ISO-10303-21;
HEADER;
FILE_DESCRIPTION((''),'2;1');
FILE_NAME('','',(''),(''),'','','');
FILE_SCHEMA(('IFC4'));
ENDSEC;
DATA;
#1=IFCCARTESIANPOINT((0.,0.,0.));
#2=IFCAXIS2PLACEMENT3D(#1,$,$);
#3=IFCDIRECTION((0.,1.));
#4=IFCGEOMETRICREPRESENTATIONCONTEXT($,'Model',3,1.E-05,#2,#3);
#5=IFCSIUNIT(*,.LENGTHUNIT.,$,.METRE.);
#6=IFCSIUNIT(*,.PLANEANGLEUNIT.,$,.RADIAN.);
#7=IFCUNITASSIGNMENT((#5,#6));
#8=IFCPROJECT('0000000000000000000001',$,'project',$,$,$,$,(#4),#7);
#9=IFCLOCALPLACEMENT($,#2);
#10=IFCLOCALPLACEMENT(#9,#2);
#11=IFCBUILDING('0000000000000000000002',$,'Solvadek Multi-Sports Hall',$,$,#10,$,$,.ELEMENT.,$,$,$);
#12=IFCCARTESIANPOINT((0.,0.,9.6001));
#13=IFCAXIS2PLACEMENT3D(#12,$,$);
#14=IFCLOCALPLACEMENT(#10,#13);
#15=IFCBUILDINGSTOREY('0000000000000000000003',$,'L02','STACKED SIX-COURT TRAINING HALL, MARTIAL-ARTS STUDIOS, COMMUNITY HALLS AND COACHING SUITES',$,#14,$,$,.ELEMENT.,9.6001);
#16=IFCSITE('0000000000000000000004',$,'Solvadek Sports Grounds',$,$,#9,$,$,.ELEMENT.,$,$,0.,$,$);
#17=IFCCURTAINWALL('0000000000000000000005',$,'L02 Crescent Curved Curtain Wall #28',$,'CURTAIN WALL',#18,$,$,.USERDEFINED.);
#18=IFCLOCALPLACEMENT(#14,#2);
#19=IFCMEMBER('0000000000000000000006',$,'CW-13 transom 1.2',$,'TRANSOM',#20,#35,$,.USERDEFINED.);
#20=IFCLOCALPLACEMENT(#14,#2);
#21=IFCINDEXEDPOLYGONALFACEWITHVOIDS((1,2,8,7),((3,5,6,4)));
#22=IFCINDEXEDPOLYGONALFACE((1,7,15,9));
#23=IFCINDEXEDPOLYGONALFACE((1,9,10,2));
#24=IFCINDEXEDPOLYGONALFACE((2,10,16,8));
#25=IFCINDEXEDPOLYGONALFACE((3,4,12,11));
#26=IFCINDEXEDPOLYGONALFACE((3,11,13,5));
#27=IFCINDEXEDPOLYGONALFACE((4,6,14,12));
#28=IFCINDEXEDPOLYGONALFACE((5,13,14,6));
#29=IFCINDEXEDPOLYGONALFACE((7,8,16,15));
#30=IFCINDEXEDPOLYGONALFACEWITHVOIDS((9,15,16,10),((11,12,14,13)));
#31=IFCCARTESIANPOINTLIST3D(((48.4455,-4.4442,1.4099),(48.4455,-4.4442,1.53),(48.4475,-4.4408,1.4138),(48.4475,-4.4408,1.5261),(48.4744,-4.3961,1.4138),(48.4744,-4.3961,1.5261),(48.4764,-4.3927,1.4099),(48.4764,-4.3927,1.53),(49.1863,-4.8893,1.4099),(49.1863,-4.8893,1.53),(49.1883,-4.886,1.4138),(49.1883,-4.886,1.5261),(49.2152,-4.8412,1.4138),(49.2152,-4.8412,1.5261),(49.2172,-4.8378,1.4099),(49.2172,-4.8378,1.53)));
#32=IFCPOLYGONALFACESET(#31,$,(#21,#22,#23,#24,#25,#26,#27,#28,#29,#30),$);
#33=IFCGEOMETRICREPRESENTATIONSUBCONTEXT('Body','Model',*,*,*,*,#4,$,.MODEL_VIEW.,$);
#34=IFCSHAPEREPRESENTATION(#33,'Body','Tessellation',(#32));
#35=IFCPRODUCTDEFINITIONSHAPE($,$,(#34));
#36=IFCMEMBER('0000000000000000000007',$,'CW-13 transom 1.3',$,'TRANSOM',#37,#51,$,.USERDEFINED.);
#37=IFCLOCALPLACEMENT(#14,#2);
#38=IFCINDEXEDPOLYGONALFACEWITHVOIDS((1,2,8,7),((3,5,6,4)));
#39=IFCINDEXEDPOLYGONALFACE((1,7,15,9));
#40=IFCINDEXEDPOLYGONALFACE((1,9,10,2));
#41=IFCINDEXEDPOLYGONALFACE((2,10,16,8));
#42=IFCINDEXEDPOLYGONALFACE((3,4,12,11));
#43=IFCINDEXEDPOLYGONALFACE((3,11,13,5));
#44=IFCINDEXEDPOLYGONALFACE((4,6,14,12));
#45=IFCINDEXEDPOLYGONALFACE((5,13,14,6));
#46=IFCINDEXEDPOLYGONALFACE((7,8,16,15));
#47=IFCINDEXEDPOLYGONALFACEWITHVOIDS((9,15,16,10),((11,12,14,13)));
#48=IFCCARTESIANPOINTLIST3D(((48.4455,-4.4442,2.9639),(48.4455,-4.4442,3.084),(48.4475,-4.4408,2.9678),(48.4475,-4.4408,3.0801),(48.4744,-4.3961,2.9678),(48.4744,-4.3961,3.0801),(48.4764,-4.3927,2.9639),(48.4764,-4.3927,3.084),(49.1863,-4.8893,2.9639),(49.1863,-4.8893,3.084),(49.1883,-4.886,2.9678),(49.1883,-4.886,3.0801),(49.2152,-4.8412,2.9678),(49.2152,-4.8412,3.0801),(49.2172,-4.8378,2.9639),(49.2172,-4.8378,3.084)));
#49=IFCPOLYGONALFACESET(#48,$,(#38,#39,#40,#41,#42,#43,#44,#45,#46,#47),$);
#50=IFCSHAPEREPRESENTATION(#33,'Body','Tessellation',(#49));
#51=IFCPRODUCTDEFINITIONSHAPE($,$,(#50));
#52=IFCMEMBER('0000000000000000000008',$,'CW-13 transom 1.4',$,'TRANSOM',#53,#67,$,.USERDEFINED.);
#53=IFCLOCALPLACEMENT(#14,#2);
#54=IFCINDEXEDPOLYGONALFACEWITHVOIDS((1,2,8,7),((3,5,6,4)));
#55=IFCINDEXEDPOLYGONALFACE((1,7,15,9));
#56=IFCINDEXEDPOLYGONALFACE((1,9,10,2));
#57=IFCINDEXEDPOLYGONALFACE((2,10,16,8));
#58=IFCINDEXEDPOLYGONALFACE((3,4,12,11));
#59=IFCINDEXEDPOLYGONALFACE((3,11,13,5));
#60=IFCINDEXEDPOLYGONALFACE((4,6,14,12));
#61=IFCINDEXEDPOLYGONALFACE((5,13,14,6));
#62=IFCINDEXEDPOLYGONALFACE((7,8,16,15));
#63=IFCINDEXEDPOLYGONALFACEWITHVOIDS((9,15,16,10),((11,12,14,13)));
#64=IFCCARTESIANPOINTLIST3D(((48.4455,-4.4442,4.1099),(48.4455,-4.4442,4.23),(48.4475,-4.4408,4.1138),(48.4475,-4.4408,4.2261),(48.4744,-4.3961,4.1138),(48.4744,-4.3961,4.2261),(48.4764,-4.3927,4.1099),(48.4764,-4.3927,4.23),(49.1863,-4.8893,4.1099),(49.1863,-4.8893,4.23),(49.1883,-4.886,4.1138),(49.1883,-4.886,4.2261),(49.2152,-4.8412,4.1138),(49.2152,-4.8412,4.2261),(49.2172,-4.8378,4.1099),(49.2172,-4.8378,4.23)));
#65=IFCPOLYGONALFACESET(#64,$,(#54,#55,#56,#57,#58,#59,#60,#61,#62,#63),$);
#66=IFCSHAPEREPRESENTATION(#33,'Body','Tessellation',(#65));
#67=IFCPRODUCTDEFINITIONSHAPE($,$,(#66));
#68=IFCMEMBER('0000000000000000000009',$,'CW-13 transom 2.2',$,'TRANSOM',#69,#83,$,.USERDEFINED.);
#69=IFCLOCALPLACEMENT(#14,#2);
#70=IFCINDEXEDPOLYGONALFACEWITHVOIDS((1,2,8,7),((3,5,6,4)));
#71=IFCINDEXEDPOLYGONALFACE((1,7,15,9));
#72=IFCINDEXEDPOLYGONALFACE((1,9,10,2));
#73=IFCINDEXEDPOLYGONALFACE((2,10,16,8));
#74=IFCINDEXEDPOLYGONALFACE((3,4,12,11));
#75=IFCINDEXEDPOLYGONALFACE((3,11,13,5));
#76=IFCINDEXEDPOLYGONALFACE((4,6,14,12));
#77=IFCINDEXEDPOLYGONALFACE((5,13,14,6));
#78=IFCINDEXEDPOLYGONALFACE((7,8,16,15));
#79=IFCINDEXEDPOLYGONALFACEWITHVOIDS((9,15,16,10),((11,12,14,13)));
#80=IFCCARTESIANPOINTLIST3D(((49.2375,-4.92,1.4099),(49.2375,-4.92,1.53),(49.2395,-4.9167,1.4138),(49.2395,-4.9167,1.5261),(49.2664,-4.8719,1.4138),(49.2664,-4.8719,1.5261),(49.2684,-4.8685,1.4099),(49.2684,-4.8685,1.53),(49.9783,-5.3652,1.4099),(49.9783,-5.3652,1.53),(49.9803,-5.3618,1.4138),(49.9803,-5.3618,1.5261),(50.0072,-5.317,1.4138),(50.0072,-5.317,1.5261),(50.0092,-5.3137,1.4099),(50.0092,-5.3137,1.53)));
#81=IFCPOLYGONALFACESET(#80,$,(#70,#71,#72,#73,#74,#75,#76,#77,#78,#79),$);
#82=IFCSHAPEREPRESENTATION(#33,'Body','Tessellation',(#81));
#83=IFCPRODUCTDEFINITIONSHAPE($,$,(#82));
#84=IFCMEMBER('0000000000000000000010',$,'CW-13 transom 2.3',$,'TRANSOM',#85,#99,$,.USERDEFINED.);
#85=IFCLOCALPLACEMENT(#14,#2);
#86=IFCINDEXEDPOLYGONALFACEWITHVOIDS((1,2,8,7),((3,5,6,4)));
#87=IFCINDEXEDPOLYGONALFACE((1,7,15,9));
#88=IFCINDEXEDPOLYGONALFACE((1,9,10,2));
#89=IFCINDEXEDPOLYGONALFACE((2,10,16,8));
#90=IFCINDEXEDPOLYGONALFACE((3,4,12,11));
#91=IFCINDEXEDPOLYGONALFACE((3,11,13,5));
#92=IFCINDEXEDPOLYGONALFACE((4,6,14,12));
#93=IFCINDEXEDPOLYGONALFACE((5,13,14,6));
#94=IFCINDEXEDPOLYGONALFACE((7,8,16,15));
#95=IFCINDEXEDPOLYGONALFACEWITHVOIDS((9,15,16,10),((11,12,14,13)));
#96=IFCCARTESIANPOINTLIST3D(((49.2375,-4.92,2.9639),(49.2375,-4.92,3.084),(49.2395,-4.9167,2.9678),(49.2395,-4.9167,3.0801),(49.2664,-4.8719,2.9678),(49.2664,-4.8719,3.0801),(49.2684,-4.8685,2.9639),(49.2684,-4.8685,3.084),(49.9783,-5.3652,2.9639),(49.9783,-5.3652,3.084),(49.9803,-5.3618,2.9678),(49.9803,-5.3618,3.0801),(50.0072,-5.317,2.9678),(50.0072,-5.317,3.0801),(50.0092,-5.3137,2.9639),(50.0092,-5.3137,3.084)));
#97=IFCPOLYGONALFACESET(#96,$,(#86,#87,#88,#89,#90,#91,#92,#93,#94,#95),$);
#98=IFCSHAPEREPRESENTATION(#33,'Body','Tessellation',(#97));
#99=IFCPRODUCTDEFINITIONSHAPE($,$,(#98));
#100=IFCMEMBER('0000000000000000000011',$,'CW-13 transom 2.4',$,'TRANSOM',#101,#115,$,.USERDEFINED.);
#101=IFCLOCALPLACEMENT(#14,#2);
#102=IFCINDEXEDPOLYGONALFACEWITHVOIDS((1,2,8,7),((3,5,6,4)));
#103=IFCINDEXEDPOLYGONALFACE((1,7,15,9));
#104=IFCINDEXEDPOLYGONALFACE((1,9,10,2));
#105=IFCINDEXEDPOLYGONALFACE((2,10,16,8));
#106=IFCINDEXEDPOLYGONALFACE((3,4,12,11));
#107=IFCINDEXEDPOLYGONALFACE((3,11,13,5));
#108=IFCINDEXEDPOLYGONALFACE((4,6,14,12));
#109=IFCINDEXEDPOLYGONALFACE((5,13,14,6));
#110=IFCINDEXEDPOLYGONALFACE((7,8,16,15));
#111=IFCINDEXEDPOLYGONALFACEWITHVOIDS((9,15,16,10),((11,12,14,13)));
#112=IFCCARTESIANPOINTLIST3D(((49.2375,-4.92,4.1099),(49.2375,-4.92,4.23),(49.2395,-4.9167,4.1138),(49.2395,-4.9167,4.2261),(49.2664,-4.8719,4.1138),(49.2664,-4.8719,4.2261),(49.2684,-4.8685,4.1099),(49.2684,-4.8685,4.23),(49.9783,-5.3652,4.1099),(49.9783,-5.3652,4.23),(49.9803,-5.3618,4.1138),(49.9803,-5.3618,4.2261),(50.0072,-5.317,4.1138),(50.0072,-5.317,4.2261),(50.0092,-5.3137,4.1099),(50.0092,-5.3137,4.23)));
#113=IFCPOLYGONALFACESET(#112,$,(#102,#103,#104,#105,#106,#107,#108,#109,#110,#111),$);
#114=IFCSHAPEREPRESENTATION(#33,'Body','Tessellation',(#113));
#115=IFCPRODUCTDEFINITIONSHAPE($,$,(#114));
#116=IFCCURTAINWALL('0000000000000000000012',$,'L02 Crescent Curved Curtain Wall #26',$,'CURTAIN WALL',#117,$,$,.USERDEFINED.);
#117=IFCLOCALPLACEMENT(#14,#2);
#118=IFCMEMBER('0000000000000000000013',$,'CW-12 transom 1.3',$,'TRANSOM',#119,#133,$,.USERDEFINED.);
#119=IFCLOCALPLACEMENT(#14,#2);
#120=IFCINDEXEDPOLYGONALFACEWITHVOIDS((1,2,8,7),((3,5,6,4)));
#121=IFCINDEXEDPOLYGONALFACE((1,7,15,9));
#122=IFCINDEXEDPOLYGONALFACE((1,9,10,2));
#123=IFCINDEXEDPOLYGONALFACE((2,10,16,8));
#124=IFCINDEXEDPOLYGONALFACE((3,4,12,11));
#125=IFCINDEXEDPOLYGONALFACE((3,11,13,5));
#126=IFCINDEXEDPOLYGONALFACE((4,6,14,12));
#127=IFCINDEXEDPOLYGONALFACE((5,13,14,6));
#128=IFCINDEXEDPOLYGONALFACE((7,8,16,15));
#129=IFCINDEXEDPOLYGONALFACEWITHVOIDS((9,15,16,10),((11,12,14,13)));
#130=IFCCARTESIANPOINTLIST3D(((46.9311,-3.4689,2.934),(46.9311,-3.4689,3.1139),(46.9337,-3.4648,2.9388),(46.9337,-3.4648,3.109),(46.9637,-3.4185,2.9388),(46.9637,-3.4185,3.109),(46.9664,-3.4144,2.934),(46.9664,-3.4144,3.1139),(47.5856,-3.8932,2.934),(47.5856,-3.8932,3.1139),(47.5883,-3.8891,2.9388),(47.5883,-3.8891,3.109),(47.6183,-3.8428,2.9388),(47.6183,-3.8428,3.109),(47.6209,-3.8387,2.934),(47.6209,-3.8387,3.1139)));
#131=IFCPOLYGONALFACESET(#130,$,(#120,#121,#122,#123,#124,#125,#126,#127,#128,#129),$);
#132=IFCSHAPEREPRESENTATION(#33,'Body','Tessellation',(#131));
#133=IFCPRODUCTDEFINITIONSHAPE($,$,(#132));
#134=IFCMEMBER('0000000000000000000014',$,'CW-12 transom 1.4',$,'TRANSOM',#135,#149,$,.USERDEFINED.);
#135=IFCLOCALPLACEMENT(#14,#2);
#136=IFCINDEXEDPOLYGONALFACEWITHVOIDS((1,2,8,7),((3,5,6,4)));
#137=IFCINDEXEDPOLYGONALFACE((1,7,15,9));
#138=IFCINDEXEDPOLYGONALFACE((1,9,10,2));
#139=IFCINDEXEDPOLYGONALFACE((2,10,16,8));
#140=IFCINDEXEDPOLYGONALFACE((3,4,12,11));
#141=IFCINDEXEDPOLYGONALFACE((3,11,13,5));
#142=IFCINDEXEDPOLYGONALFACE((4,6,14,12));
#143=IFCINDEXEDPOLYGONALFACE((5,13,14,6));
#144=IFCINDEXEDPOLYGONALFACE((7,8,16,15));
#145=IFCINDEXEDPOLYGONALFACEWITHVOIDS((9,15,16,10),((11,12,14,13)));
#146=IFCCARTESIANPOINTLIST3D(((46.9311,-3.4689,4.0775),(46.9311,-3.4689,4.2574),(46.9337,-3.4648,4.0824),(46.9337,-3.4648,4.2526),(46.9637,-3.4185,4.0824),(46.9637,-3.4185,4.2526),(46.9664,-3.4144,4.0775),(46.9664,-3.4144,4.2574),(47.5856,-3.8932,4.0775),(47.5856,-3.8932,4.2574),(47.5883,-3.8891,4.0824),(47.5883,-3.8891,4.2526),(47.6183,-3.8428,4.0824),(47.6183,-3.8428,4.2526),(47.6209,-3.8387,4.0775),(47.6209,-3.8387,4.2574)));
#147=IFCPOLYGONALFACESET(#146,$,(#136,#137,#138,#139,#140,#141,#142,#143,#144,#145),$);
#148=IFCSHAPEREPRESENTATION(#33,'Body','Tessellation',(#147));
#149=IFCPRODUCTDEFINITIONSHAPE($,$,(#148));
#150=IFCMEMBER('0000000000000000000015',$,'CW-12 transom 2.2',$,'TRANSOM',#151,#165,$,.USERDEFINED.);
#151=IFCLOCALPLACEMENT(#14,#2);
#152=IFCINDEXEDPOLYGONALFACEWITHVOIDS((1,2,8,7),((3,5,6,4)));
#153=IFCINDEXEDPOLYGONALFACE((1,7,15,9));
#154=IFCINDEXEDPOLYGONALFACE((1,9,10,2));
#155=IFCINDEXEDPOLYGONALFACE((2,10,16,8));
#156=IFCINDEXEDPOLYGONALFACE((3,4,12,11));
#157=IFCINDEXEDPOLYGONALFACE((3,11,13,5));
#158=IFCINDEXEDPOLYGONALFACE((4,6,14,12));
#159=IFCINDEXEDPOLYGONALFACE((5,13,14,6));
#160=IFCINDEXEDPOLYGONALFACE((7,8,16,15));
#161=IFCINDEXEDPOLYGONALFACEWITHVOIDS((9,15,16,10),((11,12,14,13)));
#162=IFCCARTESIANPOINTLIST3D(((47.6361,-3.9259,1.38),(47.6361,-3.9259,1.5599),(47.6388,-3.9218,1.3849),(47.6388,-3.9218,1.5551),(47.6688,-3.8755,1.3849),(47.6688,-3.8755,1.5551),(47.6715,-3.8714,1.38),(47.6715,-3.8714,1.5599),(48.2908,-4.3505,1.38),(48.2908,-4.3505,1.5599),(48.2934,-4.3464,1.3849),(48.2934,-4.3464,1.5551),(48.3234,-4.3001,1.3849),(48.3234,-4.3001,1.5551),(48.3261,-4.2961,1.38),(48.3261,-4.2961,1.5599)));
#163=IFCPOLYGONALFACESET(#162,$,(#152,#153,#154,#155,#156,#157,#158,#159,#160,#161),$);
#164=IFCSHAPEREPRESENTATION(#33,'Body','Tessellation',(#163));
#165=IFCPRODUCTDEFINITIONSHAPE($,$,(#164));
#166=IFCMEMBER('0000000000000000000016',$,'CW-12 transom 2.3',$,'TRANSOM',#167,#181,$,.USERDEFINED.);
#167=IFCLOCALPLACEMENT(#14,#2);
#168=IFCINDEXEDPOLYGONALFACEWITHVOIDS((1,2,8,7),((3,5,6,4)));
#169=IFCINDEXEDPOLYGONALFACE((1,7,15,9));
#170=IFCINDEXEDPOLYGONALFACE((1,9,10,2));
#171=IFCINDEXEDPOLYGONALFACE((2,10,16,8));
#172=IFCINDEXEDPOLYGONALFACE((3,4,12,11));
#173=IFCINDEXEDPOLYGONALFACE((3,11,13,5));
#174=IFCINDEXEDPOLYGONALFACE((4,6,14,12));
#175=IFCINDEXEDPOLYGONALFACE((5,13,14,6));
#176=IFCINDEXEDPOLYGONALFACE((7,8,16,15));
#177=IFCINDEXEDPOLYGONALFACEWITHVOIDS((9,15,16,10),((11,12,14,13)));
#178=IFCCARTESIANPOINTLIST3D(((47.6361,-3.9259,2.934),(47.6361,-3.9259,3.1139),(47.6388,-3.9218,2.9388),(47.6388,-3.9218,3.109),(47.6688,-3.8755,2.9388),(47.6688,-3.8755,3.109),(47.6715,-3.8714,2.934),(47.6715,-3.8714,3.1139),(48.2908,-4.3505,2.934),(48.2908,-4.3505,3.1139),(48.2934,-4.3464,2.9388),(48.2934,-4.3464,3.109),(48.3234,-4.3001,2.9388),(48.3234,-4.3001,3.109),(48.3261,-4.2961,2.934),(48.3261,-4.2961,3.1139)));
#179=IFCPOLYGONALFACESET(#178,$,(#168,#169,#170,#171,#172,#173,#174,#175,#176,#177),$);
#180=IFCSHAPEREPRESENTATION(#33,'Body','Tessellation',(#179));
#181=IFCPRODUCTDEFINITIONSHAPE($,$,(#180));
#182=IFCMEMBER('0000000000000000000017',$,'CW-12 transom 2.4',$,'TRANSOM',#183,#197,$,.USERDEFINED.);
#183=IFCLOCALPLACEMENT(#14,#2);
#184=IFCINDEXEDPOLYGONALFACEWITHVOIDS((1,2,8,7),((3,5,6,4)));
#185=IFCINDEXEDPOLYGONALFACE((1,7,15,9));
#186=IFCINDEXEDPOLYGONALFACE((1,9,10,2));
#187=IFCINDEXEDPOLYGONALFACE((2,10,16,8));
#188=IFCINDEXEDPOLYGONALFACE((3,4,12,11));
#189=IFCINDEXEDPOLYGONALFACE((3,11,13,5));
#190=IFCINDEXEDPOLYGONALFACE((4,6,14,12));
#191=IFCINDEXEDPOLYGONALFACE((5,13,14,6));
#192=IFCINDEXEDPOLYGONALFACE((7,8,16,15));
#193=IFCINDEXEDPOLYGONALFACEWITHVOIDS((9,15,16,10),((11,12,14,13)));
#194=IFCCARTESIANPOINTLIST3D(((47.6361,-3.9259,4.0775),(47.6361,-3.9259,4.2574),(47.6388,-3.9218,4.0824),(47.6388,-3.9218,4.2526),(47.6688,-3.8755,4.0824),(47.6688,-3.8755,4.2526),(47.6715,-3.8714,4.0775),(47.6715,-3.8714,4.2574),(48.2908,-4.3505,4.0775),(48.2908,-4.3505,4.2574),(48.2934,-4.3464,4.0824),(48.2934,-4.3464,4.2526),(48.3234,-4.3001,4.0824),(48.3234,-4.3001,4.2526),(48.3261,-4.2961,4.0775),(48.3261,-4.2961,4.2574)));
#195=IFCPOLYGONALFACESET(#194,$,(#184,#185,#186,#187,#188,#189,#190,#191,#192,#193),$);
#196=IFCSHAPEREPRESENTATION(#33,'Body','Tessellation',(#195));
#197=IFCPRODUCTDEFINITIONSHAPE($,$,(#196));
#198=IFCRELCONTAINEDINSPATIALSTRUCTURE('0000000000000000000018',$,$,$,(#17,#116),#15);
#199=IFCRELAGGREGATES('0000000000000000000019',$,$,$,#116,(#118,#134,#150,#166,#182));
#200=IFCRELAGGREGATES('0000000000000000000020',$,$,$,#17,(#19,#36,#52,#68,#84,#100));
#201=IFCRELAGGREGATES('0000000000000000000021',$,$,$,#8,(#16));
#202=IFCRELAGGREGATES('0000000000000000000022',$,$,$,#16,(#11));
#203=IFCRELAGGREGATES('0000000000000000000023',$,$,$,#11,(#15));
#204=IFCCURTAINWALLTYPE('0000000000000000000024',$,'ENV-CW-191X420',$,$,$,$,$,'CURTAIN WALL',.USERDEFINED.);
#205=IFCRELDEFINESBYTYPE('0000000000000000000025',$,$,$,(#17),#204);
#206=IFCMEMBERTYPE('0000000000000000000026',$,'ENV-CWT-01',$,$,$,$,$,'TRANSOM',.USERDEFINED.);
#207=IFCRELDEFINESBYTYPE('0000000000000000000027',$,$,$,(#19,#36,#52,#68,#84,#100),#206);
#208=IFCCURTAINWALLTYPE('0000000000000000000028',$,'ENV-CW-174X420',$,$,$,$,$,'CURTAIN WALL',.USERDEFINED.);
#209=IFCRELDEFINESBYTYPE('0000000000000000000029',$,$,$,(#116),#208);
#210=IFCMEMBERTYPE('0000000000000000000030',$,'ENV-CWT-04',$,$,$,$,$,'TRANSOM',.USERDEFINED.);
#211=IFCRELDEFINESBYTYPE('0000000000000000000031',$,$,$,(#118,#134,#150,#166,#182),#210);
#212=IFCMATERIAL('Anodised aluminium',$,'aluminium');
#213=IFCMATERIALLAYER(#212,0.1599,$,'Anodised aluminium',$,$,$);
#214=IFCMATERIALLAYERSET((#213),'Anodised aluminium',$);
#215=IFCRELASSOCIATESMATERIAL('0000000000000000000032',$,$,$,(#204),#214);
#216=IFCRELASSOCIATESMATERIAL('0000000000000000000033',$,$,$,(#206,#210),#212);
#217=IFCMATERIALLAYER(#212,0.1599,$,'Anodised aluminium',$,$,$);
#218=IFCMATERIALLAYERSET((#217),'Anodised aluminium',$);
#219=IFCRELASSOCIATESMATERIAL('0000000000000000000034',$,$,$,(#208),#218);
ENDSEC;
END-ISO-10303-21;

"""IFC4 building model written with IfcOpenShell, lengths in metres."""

from ifc_helpers import new_model, si_unit, direction, frame, origin, origin_2d, place, context, subcontext, project, spatial, hollow_rectangle, extrude, material, layer, layer_set, material_profile, profile_set, type_object, element, aggregate, save


model = new_model("IFC4")

# Units and contexts
model_context = context("Model", 3, precision=1e-05, world=origin(), true_north=direction((0.0, 1.0)))
body_context = subcontext(model_context, "Body", "Model", "MODEL_VIEW")
ifc_project = project(units=[si_unit("LENGTHUNIT", "METRE"), si_unit("PLANEANGLEUNIT", "RADIAN")], contexts=[model_context])

# Site, building, storey
site_placement = place(None, origin())
site = spatial("IfcSite", under=ifc_project, at=site_placement, Name="Solvadek Sports Grounds", CompositionType="ELEMENT", RefElevation=0.0)
building_placement = place(site_placement, origin())
building = spatial("IfcBuilding", under=site, at=building_placement, Name="Solvadek Multi-Sports Hall", CompositionType="ELEMENT")
storey_placement = place(building_placement, frame((0.0, 0.0, 9.6001)))
storey = spatial("IfcBuildingStorey", under=building, at=storey_placement, Name="L02", Description="STACKED SIX-COURT TRAINING HALL, MARTIAL-ARTS STUDIOS, COMMUNITY HALLS AND COACHING SUITES", CompositionType="ELEMENT", Elevation=9.6001)

# Curtain walls, members
ifc_material_1 = material(Name="Anodised aluminium", Category="aluminium")
ifc_layer_1 = layer(ifc_material_1, 0.1599, Name="Anodised aluminium")
ifc_layer_set_1 = layer_set([ifc_layer_1], Name="Anodised aluminium")
curtain_wall_type_1 = type_object("IfcCurtainWallType", Name="ENV-CW-191X420", ElementType="CURTAIN WALL", PredefinedType="USERDEFINED", material=ifc_layer_set_1)
curtain_wall_1_placement = place(storey_placement, origin())
curtain_wall_1 = element("IfcCurtainWall", 1, at=curtain_wall_1_placement, inside=storey, type_object=curtain_wall_type_1, Name="L02 Crescent Curved Curtain Wall #28", ObjectType="CURTAIN WALL", PredefinedType="USERDEFINED")
ifc_material_profile_1 = material_profile(ifc_material_1, hollow_rectangle(XDim=0.0601, YDim=0.1201, WallThickness=0.0039, at=origin_2d()), Name="ALU-T 120x60x4")
ifc_profile_set_1 = profile_set([ifc_material_profile_1], Name="Anodised aluminium")
member_type_1 = type_object("IfcMemberType", Name="ENV-CWT-01", ElementType="TRANSOM", PredefinedType="USERDEFINED", material=ifc_profile_set_1)
member_1_placement = place(storey_placement, frame((48.4609, -4.4185, 1.47), z_axis=(0.857169, -0.515036, 0.0), x_axis=(0.515036, 0.857169, 0.0)))
member_1 = element("IfcMember", 2, at=member_1_placement, type_object=member_type_1, Name="CW-13 transom 1.2", ObjectType="TRANSOM", PredefinedType="USERDEFINED", context=body_context, shape_type="SweptSolid", body=[
    extrude(hollow_rectangle(XDim=0.0601, YDim=0.1201, WallThickness=0.0039, at=origin_2d()), origin(), (0.0, 0.0, 1.0), 0.8643),
])
member_2_placement = place(storey_placement, frame((48.4609, -4.4185, 3.0239), z_axis=(0.857169, -0.515036, 0.0), x_axis=(0.515036, 0.857169, 0.0)))
member_2 = element("IfcMember", 3, at=member_2_placement, type_object=member_type_1, Name="CW-13 transom 1.3", ObjectType="TRANSOM", PredefinedType="USERDEFINED", context=body_context, shape_type="SweptSolid", body=[
    extrude(hollow_rectangle(XDim=0.0601, YDim=0.1201, WallThickness=0.0039, at=origin_2d()), origin(), (0.0, 0.0, 1.0), 0.8643),
])
member_3_placement = place(storey_placement, frame((48.4609, -4.4185, 4.1699), z_axis=(0.857169, -0.515036, 0.0), x_axis=(0.515036, 0.857169, 0.0)))
member_3 = element("IfcMember", 4, at=member_3_placement, type_object=member_type_1, Name="CW-13 transom 1.4", ObjectType="TRANSOM", PredefinedType="USERDEFINED", context=body_context, shape_type="SweptSolid", body=[
    extrude(hollow_rectangle(XDim=0.0601, YDim=0.1201, WallThickness=0.0039, at=origin_2d()), origin(), (0.0, 0.0, 1.0), 0.8643),
])
member_4_placement = place(storey_placement, frame((49.2529, -4.8943, 1.47), z_axis=(0.857169, -0.515036, 0.0), x_axis=(0.515036, 0.857169, 0.0)))
member_4 = element("IfcMember", 5, at=member_4_placement, type_object=member_type_1, Name="CW-13 transom 2.2", ObjectType="TRANSOM", PredefinedType="USERDEFINED", context=body_context, shape_type="SweptSolid", body=[
    extrude(hollow_rectangle(XDim=0.0601, YDim=0.1201, WallThickness=0.0039, at=origin_2d()), origin(), (0.0, 0.0, 1.0), 0.8643),
])
member_5_placement = place(storey_placement, frame((49.2529, -4.8943, 3.0239), z_axis=(0.857169, -0.515036, 0.0), x_axis=(0.515036, 0.857169, 0.0)))
member_5 = element("IfcMember", 6, at=member_5_placement, type_object=member_type_1, Name="CW-13 transom 2.3", ObjectType="TRANSOM", PredefinedType="USERDEFINED", context=body_context, shape_type="SweptSolid", body=[
    extrude(hollow_rectangle(XDim=0.0601, YDim=0.1201, WallThickness=0.0039, at=origin_2d()), origin(), (0.0, 0.0, 1.0), 0.8643),
])
member_6_placement = place(storey_placement, frame((49.2529, -4.8943, 4.1699), z_axis=(0.857169, -0.515036, 0.0), x_axis=(0.515036, 0.857169, 0.0)))
member_6 = element("IfcMember", 7, at=member_6_placement, type_object=member_type_1, Name="CW-13 transom 2.4", ObjectType="TRANSOM", PredefinedType="USERDEFINED", context=body_context, shape_type="SweptSolid", body=[
    extrude(hollow_rectangle(XDim=0.0601, YDim=0.1201, WallThickness=0.0039, at=origin_2d()), origin(), (0.0, 0.0, 1.0), 0.8643),
])
ifc_layer_2 = layer(ifc_material_1, 0.1599, Name="Anodised aluminium")
ifc_layer_set_2 = layer_set([ifc_layer_2], Name="Anodised aluminium")
curtain_wall_type_2 = type_object("IfcCurtainWallType", Name="ENV-CW-174X420", ElementType="CURTAIN WALL", PredefinedType="USERDEFINED", material=ifc_layer_set_2)
curtain_wall_2_placement = place(storey_placement, origin())
curtain_wall_2 = element("IfcCurtainWall", 8, at=curtain_wall_2_placement, inside=storey, type_object=curtain_wall_type_2, Name="L02 Crescent Curved Curtain Wall #26", ObjectType="CURTAIN WALL", PredefinedType="USERDEFINED")
ifc_material_profile_2 = material_profile(ifc_material_1, hollow_rectangle(XDim=0.0649, YDim=0.1799, WallThickness=0.0049, at=origin_2d()), Name="ALU-T 180x65x5")
ifc_profile_set_2 = profile_set([ifc_material_profile_2], Name="Anodised aluminium")
member_type_2 = type_object("IfcMemberType", Name="ENV-CWT-04", ElementType="TRANSOM", PredefinedType="USERDEFINED", material=ifc_profile_set_2)
member_7_placement = place(storey_placement, frame((46.9487, -3.4417, 3.0239), z_axis=(0.839108, -0.543965, 0.0), x_axis=(0.543965, 0.839108, 0.0)))
member_7 = element("IfcMember", 9, at=member_7_placement, type_object=member_type_2, Name="CW-12 transom 1.3", ObjectType="TRANSOM", PredefinedType="USERDEFINED", context=body_context, shape_type="SweptSolid", body=[
    extrude(hollow_rectangle(XDim=0.0649, YDim=0.1799, WallThickness=0.0049, at=origin_2d()), origin(), (0.0, 0.0, 1.0), 0.78),
])
member_8_placement = place(storey_placement, frame((46.9487, -3.4417, 4.1675), z_axis=(0.839108, -0.543965, 0.0), x_axis=(0.543965, 0.839108, 0.0)))
member_8 = element("IfcMember", 10, at=member_8_placement, type_object=member_type_2, Name="CW-12 transom 1.4", ObjectType="TRANSOM", PredefinedType="USERDEFINED", context=body_context, shape_type="SweptSolid", body=[
    extrude(hollow_rectangle(XDim=0.0649, YDim=0.1799, WallThickness=0.0049, at=origin_2d()), origin(), (0.0, 0.0, 1.0), 0.78),
])
member_9_placement = place(storey_placement, frame((47.6538, -3.8987, 1.47), z_axis=(0.838965, -0.544185, 0.0), x_axis=(0.544185, 0.838965, 0.0)))
member_9 = element("IfcMember", 11, at=member_9_placement, type_object=member_type_2, Name="CW-12 transom 2.2", ObjectType="TRANSOM", PredefinedType="USERDEFINED", context=body_context, shape_type="SweptSolid", body=[
    extrude(hollow_rectangle(XDim=0.0649, YDim=0.1799, WallThickness=0.0049, at=origin_2d()), origin(), (0.0, 0.0, 1.0), 0.7803),
])
member_10_placement = place(storey_placement, frame((47.6538, -3.8987, 3.0239), z_axis=(0.838965, -0.544185, 0.0), x_axis=(0.544185, 0.838965, 0.0)))
member_10 = element("IfcMember", 12, at=member_10_placement, type_object=member_type_2, Name="CW-12 transom 2.3", ObjectType="TRANSOM", PredefinedType="USERDEFINED", context=body_context, shape_type="SweptSolid", body=[
    extrude(hollow_rectangle(XDim=0.0649, YDim=0.1799, WallThickness=0.0049, at=origin_2d()), origin(), (0.0, 0.0, 1.0), 0.7803),
])
member_11_placement = place(storey_placement, frame((47.6538, -3.8987, 4.1675), z_axis=(0.838965, -0.544185, 0.0), x_axis=(0.544185, 0.838965, 0.0)))
member_11 = element("IfcMember", 13, at=member_11_placement, type_object=member_type_2, Name="CW-12 transom 2.4", ObjectType="TRANSOM", PredefinedType="USERDEFINED", context=body_context, shape_type="SweptSolid", body=[
    extrude(hollow_rectangle(XDim=0.0649, YDim=0.1799, WallThickness=0.0049, at=origin_2d()), origin(), (0.0, 0.0, 1.0), 0.7803),
])

aggregate(curtain_wall_2, [member_7, member_8, member_9, member_10, member_11])
aggregate(curtain_wall_1, [member_1, member_2, member_3, member_4, member_5, member_6])

save(model, "model.ifc")
